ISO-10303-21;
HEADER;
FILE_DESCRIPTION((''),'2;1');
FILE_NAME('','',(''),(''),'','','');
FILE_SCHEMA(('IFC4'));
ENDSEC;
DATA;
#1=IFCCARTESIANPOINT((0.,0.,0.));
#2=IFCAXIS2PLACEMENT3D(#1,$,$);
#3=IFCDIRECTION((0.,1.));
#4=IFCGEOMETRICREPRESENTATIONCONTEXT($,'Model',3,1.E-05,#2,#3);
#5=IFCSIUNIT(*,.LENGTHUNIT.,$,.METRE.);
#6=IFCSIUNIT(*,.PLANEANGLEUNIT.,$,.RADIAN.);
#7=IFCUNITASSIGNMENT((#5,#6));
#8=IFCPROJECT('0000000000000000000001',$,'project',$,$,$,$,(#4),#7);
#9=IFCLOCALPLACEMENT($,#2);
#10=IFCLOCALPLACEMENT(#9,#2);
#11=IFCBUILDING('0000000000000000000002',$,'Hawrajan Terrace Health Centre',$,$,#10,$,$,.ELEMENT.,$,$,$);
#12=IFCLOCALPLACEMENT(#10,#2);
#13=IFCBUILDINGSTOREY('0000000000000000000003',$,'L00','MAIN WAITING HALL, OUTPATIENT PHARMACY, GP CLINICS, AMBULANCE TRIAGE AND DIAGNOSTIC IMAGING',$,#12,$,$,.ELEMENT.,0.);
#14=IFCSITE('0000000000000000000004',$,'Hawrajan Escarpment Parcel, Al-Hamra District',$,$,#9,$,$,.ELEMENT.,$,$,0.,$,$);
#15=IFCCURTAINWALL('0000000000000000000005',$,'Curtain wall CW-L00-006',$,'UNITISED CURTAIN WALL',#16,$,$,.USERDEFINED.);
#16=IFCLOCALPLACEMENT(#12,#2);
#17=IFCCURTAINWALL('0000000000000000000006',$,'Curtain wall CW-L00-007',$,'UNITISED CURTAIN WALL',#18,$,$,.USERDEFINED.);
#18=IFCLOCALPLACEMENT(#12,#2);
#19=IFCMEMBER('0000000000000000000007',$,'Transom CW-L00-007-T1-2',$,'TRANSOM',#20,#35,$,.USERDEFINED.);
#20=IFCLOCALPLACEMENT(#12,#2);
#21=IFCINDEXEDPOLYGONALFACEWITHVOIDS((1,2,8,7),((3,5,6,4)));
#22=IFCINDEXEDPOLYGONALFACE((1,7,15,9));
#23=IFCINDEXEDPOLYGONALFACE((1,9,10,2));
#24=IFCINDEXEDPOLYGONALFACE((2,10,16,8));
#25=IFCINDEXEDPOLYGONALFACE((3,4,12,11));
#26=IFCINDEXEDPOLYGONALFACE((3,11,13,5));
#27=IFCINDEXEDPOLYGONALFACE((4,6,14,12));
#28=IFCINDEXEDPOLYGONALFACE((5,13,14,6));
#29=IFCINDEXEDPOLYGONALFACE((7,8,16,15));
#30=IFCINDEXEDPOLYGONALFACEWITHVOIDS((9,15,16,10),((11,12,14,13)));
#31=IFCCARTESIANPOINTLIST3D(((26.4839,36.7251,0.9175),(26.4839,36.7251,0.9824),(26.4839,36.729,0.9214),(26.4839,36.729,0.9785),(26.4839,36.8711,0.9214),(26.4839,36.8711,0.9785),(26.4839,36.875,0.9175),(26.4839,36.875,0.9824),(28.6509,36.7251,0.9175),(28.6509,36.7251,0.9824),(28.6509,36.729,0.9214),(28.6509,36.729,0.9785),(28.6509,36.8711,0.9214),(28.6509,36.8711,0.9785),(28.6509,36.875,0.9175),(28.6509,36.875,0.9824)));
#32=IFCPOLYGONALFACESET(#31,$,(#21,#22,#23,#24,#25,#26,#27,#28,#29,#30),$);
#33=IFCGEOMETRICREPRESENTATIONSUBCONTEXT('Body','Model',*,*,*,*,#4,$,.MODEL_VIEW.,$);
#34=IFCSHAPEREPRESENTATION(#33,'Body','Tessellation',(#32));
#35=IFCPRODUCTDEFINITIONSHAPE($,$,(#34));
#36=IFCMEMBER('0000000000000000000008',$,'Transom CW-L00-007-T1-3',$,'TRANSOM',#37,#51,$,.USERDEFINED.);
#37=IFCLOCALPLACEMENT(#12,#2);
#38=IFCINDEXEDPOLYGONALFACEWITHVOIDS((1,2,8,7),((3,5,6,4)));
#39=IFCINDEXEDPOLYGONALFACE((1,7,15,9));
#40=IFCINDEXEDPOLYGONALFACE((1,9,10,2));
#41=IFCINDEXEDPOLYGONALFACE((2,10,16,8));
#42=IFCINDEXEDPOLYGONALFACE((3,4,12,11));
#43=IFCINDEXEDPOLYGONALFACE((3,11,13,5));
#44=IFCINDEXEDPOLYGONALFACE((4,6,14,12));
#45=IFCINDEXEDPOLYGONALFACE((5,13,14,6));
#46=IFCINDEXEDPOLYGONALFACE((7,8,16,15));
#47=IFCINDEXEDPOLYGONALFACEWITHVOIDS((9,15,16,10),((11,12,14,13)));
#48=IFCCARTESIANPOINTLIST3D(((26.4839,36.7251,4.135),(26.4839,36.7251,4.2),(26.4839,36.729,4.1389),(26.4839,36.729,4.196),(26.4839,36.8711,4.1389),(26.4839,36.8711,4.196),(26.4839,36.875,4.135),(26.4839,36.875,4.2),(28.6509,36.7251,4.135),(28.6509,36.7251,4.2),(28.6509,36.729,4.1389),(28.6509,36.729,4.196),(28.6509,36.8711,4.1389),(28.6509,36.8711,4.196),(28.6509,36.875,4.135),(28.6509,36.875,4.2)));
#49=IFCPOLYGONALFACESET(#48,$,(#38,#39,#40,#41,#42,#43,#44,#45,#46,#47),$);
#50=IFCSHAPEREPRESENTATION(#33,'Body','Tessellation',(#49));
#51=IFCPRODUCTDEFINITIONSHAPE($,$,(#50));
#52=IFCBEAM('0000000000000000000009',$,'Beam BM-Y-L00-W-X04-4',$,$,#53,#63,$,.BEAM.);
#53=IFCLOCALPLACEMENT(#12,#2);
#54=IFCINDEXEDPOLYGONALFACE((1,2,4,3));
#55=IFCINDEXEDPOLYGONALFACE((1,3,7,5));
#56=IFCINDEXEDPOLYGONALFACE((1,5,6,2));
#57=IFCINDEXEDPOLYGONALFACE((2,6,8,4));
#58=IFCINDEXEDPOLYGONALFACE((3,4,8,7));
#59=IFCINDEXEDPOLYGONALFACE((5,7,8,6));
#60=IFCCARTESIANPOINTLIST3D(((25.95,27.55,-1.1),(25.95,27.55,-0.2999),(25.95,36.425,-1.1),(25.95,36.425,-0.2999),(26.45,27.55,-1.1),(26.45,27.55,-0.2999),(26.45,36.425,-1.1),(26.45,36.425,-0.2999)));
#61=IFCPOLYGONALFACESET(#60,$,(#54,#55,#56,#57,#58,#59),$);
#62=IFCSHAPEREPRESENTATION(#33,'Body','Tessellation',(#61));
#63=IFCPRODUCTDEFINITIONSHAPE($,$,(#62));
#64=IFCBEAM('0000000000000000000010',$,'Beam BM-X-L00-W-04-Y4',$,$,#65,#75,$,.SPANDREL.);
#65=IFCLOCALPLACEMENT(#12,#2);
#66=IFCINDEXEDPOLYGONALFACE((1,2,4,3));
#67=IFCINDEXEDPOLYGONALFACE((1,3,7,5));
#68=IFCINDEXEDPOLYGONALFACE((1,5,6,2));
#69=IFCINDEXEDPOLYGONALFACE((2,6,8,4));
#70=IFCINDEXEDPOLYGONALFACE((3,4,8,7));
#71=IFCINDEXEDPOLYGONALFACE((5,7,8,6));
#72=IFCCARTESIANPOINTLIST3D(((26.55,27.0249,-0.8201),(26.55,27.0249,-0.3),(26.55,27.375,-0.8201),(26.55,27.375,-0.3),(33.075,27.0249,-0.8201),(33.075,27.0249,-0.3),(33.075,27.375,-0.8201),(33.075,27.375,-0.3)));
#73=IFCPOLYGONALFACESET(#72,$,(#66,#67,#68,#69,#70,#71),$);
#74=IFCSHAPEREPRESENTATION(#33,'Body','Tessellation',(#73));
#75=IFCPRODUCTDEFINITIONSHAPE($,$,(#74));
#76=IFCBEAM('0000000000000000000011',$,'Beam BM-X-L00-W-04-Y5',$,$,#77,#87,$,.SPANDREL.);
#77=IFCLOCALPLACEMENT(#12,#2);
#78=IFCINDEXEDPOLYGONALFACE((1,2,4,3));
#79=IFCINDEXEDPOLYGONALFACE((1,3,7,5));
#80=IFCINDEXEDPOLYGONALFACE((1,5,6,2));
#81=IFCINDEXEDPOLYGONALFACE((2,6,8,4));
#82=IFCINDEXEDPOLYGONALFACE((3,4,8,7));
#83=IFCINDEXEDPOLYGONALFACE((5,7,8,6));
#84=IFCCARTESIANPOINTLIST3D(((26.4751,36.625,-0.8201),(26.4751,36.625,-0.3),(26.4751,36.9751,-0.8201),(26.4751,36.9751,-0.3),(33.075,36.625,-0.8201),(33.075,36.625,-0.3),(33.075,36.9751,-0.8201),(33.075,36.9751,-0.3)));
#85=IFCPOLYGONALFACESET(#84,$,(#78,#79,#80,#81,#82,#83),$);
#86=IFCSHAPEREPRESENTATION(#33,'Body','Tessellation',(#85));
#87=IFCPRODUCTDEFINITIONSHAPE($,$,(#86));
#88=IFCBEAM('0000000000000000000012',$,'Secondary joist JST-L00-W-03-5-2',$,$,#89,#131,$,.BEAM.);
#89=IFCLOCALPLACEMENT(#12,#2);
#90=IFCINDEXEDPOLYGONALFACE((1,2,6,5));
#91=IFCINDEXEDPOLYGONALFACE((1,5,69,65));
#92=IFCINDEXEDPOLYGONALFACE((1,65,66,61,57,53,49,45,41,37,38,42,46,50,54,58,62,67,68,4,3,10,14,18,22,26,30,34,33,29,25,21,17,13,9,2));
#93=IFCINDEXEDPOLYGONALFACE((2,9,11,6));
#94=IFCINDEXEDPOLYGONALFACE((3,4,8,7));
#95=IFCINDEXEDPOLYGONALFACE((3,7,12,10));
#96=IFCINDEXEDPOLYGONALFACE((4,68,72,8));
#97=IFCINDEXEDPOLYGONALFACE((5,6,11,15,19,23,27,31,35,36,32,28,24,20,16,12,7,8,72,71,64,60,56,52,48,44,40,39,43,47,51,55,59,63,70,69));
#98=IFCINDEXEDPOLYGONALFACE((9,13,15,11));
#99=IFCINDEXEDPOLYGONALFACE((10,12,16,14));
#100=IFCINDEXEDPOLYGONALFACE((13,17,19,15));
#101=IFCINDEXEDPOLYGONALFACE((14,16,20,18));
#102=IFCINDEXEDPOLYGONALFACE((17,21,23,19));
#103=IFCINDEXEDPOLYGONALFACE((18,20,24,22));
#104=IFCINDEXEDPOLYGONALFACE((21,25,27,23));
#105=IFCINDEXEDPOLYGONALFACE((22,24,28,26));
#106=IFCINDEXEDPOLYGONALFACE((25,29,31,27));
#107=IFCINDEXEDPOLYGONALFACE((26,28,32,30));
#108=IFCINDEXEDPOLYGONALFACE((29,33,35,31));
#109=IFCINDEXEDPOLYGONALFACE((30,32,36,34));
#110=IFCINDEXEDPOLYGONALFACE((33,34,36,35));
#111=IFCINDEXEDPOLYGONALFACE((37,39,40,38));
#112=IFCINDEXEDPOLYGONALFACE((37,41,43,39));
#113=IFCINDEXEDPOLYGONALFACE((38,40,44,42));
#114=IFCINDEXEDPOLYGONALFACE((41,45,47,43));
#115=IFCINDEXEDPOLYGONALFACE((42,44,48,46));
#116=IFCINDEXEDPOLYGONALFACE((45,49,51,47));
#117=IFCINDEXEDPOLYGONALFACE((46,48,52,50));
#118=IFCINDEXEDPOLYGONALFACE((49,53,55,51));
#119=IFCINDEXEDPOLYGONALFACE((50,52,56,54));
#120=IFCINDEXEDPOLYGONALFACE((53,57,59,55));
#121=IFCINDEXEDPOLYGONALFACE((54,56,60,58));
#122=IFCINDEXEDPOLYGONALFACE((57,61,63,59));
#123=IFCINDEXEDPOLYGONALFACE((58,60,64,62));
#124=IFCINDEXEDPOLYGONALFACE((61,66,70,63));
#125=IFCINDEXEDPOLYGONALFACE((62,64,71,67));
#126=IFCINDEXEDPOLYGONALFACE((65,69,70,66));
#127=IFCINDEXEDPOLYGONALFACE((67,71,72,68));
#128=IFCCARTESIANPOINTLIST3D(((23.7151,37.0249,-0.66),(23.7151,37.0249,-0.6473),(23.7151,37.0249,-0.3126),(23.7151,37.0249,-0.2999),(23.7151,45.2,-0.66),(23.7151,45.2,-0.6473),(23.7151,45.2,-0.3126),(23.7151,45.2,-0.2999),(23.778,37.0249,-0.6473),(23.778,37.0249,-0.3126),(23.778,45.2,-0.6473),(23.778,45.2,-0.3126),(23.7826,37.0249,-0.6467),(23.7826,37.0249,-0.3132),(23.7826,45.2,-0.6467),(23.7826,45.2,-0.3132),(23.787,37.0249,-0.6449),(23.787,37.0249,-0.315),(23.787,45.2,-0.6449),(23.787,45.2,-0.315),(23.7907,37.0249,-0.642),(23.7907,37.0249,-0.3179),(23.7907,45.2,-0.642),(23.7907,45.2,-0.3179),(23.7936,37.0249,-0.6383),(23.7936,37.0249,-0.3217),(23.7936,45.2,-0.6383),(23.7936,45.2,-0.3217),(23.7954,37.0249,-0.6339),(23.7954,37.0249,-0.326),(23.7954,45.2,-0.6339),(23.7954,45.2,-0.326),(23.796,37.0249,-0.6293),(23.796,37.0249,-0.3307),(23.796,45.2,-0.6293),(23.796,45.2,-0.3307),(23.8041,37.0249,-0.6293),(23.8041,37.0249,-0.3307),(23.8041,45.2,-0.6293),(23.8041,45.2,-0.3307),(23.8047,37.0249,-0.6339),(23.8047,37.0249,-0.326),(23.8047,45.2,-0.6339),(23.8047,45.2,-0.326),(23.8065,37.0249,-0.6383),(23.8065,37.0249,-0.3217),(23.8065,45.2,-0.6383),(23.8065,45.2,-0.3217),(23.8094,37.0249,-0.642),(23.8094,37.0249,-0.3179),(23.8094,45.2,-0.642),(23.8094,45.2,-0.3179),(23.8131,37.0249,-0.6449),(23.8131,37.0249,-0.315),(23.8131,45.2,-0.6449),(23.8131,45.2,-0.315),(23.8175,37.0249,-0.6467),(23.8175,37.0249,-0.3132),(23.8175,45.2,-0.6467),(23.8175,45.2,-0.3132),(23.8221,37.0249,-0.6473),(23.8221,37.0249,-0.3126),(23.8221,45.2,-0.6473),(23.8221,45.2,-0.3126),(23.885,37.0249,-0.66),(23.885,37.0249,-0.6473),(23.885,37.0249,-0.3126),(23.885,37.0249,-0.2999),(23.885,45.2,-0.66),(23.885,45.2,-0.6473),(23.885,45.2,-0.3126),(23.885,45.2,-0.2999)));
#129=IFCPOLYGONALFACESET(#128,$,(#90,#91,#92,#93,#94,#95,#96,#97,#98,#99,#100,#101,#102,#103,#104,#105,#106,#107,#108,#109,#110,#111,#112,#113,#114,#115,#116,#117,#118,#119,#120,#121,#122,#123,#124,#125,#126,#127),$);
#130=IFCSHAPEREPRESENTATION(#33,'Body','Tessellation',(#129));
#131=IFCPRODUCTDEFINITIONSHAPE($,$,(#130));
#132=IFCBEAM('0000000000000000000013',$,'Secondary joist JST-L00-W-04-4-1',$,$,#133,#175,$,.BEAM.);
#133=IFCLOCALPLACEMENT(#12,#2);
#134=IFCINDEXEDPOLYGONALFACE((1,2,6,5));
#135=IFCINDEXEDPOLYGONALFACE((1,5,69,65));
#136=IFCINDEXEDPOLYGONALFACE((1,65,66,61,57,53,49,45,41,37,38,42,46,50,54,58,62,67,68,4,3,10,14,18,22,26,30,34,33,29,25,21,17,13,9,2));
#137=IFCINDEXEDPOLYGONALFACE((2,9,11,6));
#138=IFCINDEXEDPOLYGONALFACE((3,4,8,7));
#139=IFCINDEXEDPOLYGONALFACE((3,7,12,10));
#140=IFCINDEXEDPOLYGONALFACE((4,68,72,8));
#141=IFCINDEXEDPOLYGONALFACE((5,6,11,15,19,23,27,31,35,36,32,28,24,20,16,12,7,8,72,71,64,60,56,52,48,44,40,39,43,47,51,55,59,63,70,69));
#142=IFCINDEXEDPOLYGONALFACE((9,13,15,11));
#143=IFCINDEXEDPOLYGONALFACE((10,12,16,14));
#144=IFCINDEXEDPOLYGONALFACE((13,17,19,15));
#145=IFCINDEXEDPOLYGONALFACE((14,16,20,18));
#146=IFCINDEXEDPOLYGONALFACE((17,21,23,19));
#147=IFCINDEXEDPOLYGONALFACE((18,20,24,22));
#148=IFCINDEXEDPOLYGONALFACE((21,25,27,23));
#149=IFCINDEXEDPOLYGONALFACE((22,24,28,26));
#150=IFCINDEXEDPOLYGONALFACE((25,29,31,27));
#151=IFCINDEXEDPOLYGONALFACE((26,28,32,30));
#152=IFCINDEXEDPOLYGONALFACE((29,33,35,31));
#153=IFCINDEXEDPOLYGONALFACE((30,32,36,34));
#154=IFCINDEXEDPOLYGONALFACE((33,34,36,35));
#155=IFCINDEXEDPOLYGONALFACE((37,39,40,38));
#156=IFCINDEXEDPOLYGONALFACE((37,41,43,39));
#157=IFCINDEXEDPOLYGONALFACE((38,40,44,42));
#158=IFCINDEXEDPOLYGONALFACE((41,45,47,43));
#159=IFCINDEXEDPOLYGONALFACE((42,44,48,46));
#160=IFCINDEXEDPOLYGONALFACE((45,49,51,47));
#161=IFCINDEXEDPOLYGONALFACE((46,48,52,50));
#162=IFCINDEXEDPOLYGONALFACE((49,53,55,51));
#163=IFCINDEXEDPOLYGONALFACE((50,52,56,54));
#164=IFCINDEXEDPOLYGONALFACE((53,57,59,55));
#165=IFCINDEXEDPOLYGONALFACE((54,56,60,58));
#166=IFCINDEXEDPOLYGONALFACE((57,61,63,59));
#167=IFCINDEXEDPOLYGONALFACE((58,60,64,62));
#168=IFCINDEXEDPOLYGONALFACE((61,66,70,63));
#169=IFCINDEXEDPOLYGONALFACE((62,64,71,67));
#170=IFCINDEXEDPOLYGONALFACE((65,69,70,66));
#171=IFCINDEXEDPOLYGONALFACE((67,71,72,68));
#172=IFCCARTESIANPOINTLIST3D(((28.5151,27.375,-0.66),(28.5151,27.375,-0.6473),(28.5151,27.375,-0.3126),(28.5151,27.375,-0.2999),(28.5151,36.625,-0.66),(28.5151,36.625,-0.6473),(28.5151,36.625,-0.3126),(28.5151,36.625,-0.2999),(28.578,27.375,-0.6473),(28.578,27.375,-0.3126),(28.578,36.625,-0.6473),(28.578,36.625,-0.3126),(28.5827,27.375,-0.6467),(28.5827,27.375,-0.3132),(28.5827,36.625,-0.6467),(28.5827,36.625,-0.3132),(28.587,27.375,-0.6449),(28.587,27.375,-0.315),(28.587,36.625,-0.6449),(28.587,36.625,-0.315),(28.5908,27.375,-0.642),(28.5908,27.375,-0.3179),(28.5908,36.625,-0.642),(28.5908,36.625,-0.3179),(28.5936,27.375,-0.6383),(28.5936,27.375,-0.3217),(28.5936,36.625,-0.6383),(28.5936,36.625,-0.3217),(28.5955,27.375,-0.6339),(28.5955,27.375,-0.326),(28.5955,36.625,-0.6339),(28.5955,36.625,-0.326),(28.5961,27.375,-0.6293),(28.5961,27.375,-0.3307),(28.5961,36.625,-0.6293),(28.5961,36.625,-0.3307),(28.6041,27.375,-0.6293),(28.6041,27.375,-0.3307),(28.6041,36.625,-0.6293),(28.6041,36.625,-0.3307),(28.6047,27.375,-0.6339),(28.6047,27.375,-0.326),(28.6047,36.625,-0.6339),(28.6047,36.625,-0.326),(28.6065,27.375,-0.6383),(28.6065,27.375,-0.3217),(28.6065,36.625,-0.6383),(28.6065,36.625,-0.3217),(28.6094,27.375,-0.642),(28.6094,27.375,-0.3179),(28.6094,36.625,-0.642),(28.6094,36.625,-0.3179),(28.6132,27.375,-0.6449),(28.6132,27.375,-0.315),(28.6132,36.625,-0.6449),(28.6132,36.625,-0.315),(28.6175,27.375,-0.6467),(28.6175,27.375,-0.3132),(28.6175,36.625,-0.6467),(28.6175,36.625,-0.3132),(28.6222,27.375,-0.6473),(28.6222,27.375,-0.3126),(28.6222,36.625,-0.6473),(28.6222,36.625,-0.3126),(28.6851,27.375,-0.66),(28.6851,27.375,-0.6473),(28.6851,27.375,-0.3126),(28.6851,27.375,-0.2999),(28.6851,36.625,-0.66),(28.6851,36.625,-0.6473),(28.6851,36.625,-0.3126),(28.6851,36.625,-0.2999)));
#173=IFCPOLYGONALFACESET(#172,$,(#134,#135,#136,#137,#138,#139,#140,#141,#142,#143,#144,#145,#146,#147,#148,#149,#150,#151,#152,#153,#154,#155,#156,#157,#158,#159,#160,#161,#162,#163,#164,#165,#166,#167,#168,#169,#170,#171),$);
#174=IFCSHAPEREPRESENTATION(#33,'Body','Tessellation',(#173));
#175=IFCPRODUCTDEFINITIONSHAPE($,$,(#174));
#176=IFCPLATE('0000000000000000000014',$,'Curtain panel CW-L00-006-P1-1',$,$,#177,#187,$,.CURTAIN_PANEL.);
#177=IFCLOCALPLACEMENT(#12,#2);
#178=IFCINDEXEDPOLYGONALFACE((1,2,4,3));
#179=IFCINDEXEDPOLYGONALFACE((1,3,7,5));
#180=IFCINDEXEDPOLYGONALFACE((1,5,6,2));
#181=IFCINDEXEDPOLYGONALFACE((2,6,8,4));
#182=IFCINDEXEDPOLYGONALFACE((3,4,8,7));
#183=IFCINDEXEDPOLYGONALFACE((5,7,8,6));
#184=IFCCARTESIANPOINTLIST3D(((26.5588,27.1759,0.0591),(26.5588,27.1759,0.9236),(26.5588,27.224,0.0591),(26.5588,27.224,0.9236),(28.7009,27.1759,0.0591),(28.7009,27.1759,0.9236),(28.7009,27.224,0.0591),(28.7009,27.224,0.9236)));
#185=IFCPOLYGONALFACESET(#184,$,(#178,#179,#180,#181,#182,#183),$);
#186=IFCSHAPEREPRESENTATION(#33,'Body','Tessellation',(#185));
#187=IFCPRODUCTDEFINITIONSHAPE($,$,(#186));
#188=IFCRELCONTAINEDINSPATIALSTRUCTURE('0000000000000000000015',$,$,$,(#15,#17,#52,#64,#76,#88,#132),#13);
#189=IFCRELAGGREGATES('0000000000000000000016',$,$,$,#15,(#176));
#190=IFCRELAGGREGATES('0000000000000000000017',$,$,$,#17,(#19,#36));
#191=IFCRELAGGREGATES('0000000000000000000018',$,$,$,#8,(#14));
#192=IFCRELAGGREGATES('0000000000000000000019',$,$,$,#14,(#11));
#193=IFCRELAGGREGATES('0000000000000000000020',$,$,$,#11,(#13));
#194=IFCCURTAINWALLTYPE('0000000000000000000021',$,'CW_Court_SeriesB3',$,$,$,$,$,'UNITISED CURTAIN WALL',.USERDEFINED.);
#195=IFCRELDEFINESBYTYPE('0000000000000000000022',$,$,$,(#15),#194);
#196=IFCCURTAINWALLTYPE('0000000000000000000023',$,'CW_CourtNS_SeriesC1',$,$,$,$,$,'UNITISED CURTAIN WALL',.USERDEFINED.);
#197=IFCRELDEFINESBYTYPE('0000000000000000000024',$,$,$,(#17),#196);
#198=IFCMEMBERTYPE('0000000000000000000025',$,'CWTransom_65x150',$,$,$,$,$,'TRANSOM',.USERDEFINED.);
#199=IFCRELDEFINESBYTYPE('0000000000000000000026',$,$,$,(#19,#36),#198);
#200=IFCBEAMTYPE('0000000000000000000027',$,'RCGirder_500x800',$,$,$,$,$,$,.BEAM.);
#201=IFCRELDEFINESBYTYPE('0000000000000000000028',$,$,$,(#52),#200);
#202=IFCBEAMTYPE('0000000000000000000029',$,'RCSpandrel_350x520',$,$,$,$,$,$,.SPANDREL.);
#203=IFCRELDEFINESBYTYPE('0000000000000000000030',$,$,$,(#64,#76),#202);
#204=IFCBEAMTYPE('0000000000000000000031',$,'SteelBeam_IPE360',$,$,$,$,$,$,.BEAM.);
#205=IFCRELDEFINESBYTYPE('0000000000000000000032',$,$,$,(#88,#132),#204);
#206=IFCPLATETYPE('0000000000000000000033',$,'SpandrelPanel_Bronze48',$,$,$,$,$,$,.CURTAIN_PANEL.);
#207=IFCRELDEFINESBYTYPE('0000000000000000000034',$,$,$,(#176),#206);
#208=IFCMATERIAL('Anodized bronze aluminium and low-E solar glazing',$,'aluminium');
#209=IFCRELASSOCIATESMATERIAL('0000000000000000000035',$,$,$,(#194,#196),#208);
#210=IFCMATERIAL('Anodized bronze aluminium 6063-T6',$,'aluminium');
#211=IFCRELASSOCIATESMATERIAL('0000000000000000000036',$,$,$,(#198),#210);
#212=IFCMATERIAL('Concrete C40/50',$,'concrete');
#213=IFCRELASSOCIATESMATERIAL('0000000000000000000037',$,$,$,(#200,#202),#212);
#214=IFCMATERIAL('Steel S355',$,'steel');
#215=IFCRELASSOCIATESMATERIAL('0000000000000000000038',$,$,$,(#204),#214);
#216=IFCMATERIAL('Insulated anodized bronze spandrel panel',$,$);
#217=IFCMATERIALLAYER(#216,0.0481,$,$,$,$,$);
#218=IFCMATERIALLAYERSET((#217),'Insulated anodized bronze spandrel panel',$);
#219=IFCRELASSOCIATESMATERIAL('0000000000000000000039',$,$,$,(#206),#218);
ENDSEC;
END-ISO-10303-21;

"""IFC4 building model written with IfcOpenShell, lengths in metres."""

from ifc_helpers import new_model, si_unit, direction, frame, origin, origin_2d, place, context, subcontext, project, spatial, rectangle, hollow_rectangle, i_section, extrude, material, layer, layer_set, material_profile, profile_set, type_object, element, aggregate, save


model = new_model("IFC4")

# Units and contexts
model_context = context("Model", 3, precision=1e-05, world=origin(), true_north=direction((0.0, 1.0)))
body_context = subcontext(model_context, "Body", "Model", "MODEL_VIEW")
ifc_project = project(units=[si_unit("LENGTHUNIT", "METRE"), si_unit("PLANEANGLEUNIT", "RADIAN")], contexts=[model_context])

# Site, building, storey
site_placement = place(None, origin())
site = spatial("IfcSite", under=ifc_project, at=site_placement, Name="Hawrajan Escarpment Parcel, Al-Hamra District", CompositionType="ELEMENT", RefElevation=0.0)
building_placement = place(site_placement, origin())
building = spatial("IfcBuilding", under=site, at=building_placement, Name="Hawrajan Terrace Health Centre", CompositionType="ELEMENT")
storey_placement = place(building_placement, origin())
storey = spatial("IfcBuildingStorey", under=building, at=storey_placement, Name="L00", Description="MAIN WAITING HALL, OUTPATIENT PHARMACY, GP CLINICS, AMBULANCE TRIAGE AND DIAGNOSTIC IMAGING", CompositionType="ELEMENT", Elevation=0.0)

# Shared definitions
ifc_material_1 = material(Name="Concrete C40/50", Category="concrete")

# Curtain wall
ifc_material_2 = material(Name="Anodized bronze aluminium and low-E solar glazing", Category="aluminium")
ifc_material_3 = material(Name="Anodized bronze aluminium 6063-T6", Category="aluminium")
curtain_wall_type_1 = type_object("IfcCurtainWallType", Name="CW_Court_SeriesB3", ElementType="UNITISED CURTAIN WALL", PredefinedType="USERDEFINED", material=ifc_material_2)
curtain_wall_1_placement = place(storey_placement, origin())
curtain_wall_1 = element("IfcCurtainWall", 1, at=curtain_wall_1_placement, inside=storey, type_object=curtain_wall_type_1, Name="Curtain wall CW-L00-006", ObjectType="UNITISED CURTAIN WALL", PredefinedType="USERDEFINED")

# Curtain wall
curtain_wall_type_2 = type_object("IfcCurtainWallType", Name="CW_CourtNS_SeriesC1", ElementType="UNITISED CURTAIN WALL", PredefinedType="USERDEFINED", material=ifc_material_2)
curtain_wall_2_placement = place(storey_placement, origin())
curtain_wall_2 = element("IfcCurtainWall", 2, at=curtain_wall_2_placement, inside=storey, type_object=curtain_wall_type_2, Name="Curtain wall CW-L00-007", ObjectType="UNITISED CURTAIN WALL", PredefinedType="USERDEFINED")

# Members
ifc_material_profile_1 = material_profile(ifc_material_3, hollow_rectangle(XDim=0.0649, YDim=0.1499, WallThickness=0.0039, at=origin_2d()), Name="CW TRN 65x150")
ifc_profile_set_1 = profile_set([ifc_material_profile_1], Name="Anodized bronze aluminium 6063-T6")
member_type_1 = type_object("IfcMemberType", Name="CWTransom_65x150", ElementType="TRANSOM", PredefinedType="USERDEFINED", material=ifc_profile_set_1)
member_1_placement = place(storey_placement, frame((26.4839, 36.8, 0.95), z_axis=(1.0, 0.0, 0.0), x_axis=(0.0, 0.0, 1.0)))
member_1 = element("IfcMember", 3, at=member_1_placement, type_object=member_type_1, Name="Transom CW-L00-007-T1-2", ObjectType="TRANSOM", PredefinedType="USERDEFINED", context=body_context, shape_type="SweptSolid", body=[
    extrude(hollow_rectangle(XDim=0.0649, YDim=0.1499, WallThickness=0.0039, at=origin_2d()), origin(), (0.0, 0.0, 1.0), 2.167),
])
member_2_placement = place(storey_placement, frame((26.4839, 36.8, 4.1675), z_axis=(1.0, 0.0, 0.0), x_axis=(0.0, 0.0, 1.0)))
member_2 = element("IfcMember", 4, at=member_2_placement, type_object=member_type_1, Name="Transom CW-L00-007-T1-3", ObjectType="TRANSOM", PredefinedType="USERDEFINED", context=body_context, shape_type="SweptSolid", body=[
    extrude(hollow_rectangle(XDim=0.0649, YDim=0.1499, WallThickness=0.0039, at=origin_2d()), origin(), (0.0, 0.0, 1.0), 2.167),
])

# Beams
ifc_material_profile_2 = material_profile(ifc_material_1, rectangle(XDim=0.5, YDim=0.8, at=origin_2d()), Name="RC BM 500x800")
ifc_profile_set_2 = profile_set([ifc_material_profile_2], Name="Concrete C40/50")
beam_type_1 = type_object("IfcBeamType", Name="RCGirder_500x800", PredefinedType="BEAM", material=ifc_profile_set_2)
beam_1_placement = place(storey_placement, frame((26.2, 27.55, -0.7), z_axis=(0.0, 1.0, 0.0), x_axis=(-1.0, 0.0, 0.0)))
element("IfcBeam", 5, at=beam_1_placement, inside=storey, type_object=beam_type_1, Name="Beam BM-Y-L00-W-X04-4", PredefinedType="BEAM", context=body_context, shape_type="SweptSolid", body=[
    extrude(rectangle(XDim=0.5, YDim=0.8, at=origin_2d()), origin(), (0.0, 0.0, 1.0), 8.875),
])
ifc_material_profile_3 = material_profile(ifc_material_1, rectangle(XDim=0.3501, YDim=0.52, at=origin_2d()), Name="RC SP 350x520")
ifc_profile_set_3 = profile_set([ifc_material_profile_3], Name="Concrete C40/50")
beam_type_2 = type_object("IfcBeamType", Name="RCSpandrel_350x520", PredefinedType="SPANDREL", material=ifc_profile_set_3)
beam_2_placement = place(storey_placement, frame((26.55, 27.2, -0.5601), z_axis=(1.0, 0.0, 0.0), x_axis=(0.0, 1.0, 0.0)))
element("IfcBeam", 6, at=beam_2_placement, inside=storey, type_object=beam_type_2, Name="Beam BM-X-L00-W-04-Y4", PredefinedType="SPANDREL", context=body_context, shape_type="SweptSolid", body=[
    extrude(rectangle(XDim=0.3501, YDim=0.52, at=origin_2d()), origin(), (0.0, 0.0, 1.0), 6.5249),
])
beam_3_placement = place(storey_placement, frame((26.4751, 36.8, -0.5601), z_axis=(1.0, 0.0, 0.0), x_axis=(0.0, 1.0, 0.0)))
element("IfcBeam", 7, at=beam_3_placement, inside=storey, type_object=beam_type_2, Name="Beam BM-X-L00-W-04-Y5", PredefinedType="SPANDREL", context=body_context, shape_type="SweptSolid", body=[
    extrude(rectangle(XDim=0.3501, YDim=0.52, at=origin_2d()), origin(), (0.0, 0.0, 1.0), 6.5999),
])
ifc_material_4 = material(Name="Steel S355", Category="steel")
ifc_material_profile_4 = material_profile(ifc_material_4, i_section(OverallWidth=0.1699, OverallDepth=0.3601, WebThickness=0.0081, FlangeThickness=0.0127, FilletRadius=0.0181, at=origin_2d()), Name="IPE 360")
ifc_profile_set_4 = profile_set([ifc_material_profile_4], Name="Steel S355")
beam_type_3 = type_object("IfcBeamType", Name="SteelBeam_IPE360", PredefinedType="BEAM", material=ifc_profile_set_4)
beam_4_placement = place(storey_placement, frame((23.8, 37.0249, -0.48), z_axis=(0.0, 1.0, 0.0), x_axis=(-1.0, 0.0, 0.0)))
element("IfcBeam", 8, at=beam_4_placement, inside=storey, type_object=beam_type_3, Name="Secondary joist JST-L00-W-03-5-2", PredefinedType="BEAM", context=body_context, shape_type="SweptSolid", body=[
    extrude(i_section(OverallWidth=0.1699, OverallDepth=0.3601, WebThickness=0.0081, FlangeThickness=0.0127, FilletRadius=0.0181, at=origin_2d()), origin(), (0.0, 0.0, 1.0), 8.175),
])
beam_5_placement = place(storey_placement, frame((28.6001, 27.375, -0.48), z_axis=(0.0, 1.0, 0.0), x_axis=(-1.0, 0.0, 0.0)))
element("IfcBeam", 9, at=beam_5_placement, inside=storey, type_object=beam_type_3, Name="Secondary joist JST-L00-W-04-4-1", PredefinedType="BEAM", context=body_context, shape_type="SweptSolid", body=[
    extrude(i_section(OverallWidth=0.1699, OverallDepth=0.3601, WebThickness=0.0081, FlangeThickness=0.0127, FilletRadius=0.0181, at=origin_2d()), origin(), (0.0, 0.0, 1.0), 9.25),
])

# Plate
ifc_material_5 = material(Name="Insulated anodized bronze spandrel panel")
ifc_layer_1 = layer(ifc_material_5, 0.0481)
ifc_layer_set_1 = layer_set([ifc_layer_1], Name="Insulated anodized bronze spandrel panel")
plate_type_1 = type_object("IfcPlateType", Name="SpandrelPanel_Bronze48", PredefinedType="CURTAIN_PANEL", material=ifc_layer_set_1)
plate_1_placement = place(storey_placement, frame((27.6299, 27.2, 0.0591), z_axis=(0.0, 0.0, 1.0), x_axis=(1.0, 0.0, 0.0)))
plate_1 = element("IfcPlate", 10, at=plate_1_placement, type_object=plate_type_1, Name="Curtain panel CW-L00-006-P1-1", PredefinedType="CURTAIN_PANEL", context=body_context, shape_type="SweptSolid", body=[
    extrude(rectangle(XDim=2.1421, YDim=0.0481, at=origin_2d()), origin(), (0.0, 0.0, 1.0), 0.8645),
])
aggregate(curtain_wall_1, [plate_1])
aggregate(curtain_wall_2, [member_1, member_2])

save(model, "model.ifc")
